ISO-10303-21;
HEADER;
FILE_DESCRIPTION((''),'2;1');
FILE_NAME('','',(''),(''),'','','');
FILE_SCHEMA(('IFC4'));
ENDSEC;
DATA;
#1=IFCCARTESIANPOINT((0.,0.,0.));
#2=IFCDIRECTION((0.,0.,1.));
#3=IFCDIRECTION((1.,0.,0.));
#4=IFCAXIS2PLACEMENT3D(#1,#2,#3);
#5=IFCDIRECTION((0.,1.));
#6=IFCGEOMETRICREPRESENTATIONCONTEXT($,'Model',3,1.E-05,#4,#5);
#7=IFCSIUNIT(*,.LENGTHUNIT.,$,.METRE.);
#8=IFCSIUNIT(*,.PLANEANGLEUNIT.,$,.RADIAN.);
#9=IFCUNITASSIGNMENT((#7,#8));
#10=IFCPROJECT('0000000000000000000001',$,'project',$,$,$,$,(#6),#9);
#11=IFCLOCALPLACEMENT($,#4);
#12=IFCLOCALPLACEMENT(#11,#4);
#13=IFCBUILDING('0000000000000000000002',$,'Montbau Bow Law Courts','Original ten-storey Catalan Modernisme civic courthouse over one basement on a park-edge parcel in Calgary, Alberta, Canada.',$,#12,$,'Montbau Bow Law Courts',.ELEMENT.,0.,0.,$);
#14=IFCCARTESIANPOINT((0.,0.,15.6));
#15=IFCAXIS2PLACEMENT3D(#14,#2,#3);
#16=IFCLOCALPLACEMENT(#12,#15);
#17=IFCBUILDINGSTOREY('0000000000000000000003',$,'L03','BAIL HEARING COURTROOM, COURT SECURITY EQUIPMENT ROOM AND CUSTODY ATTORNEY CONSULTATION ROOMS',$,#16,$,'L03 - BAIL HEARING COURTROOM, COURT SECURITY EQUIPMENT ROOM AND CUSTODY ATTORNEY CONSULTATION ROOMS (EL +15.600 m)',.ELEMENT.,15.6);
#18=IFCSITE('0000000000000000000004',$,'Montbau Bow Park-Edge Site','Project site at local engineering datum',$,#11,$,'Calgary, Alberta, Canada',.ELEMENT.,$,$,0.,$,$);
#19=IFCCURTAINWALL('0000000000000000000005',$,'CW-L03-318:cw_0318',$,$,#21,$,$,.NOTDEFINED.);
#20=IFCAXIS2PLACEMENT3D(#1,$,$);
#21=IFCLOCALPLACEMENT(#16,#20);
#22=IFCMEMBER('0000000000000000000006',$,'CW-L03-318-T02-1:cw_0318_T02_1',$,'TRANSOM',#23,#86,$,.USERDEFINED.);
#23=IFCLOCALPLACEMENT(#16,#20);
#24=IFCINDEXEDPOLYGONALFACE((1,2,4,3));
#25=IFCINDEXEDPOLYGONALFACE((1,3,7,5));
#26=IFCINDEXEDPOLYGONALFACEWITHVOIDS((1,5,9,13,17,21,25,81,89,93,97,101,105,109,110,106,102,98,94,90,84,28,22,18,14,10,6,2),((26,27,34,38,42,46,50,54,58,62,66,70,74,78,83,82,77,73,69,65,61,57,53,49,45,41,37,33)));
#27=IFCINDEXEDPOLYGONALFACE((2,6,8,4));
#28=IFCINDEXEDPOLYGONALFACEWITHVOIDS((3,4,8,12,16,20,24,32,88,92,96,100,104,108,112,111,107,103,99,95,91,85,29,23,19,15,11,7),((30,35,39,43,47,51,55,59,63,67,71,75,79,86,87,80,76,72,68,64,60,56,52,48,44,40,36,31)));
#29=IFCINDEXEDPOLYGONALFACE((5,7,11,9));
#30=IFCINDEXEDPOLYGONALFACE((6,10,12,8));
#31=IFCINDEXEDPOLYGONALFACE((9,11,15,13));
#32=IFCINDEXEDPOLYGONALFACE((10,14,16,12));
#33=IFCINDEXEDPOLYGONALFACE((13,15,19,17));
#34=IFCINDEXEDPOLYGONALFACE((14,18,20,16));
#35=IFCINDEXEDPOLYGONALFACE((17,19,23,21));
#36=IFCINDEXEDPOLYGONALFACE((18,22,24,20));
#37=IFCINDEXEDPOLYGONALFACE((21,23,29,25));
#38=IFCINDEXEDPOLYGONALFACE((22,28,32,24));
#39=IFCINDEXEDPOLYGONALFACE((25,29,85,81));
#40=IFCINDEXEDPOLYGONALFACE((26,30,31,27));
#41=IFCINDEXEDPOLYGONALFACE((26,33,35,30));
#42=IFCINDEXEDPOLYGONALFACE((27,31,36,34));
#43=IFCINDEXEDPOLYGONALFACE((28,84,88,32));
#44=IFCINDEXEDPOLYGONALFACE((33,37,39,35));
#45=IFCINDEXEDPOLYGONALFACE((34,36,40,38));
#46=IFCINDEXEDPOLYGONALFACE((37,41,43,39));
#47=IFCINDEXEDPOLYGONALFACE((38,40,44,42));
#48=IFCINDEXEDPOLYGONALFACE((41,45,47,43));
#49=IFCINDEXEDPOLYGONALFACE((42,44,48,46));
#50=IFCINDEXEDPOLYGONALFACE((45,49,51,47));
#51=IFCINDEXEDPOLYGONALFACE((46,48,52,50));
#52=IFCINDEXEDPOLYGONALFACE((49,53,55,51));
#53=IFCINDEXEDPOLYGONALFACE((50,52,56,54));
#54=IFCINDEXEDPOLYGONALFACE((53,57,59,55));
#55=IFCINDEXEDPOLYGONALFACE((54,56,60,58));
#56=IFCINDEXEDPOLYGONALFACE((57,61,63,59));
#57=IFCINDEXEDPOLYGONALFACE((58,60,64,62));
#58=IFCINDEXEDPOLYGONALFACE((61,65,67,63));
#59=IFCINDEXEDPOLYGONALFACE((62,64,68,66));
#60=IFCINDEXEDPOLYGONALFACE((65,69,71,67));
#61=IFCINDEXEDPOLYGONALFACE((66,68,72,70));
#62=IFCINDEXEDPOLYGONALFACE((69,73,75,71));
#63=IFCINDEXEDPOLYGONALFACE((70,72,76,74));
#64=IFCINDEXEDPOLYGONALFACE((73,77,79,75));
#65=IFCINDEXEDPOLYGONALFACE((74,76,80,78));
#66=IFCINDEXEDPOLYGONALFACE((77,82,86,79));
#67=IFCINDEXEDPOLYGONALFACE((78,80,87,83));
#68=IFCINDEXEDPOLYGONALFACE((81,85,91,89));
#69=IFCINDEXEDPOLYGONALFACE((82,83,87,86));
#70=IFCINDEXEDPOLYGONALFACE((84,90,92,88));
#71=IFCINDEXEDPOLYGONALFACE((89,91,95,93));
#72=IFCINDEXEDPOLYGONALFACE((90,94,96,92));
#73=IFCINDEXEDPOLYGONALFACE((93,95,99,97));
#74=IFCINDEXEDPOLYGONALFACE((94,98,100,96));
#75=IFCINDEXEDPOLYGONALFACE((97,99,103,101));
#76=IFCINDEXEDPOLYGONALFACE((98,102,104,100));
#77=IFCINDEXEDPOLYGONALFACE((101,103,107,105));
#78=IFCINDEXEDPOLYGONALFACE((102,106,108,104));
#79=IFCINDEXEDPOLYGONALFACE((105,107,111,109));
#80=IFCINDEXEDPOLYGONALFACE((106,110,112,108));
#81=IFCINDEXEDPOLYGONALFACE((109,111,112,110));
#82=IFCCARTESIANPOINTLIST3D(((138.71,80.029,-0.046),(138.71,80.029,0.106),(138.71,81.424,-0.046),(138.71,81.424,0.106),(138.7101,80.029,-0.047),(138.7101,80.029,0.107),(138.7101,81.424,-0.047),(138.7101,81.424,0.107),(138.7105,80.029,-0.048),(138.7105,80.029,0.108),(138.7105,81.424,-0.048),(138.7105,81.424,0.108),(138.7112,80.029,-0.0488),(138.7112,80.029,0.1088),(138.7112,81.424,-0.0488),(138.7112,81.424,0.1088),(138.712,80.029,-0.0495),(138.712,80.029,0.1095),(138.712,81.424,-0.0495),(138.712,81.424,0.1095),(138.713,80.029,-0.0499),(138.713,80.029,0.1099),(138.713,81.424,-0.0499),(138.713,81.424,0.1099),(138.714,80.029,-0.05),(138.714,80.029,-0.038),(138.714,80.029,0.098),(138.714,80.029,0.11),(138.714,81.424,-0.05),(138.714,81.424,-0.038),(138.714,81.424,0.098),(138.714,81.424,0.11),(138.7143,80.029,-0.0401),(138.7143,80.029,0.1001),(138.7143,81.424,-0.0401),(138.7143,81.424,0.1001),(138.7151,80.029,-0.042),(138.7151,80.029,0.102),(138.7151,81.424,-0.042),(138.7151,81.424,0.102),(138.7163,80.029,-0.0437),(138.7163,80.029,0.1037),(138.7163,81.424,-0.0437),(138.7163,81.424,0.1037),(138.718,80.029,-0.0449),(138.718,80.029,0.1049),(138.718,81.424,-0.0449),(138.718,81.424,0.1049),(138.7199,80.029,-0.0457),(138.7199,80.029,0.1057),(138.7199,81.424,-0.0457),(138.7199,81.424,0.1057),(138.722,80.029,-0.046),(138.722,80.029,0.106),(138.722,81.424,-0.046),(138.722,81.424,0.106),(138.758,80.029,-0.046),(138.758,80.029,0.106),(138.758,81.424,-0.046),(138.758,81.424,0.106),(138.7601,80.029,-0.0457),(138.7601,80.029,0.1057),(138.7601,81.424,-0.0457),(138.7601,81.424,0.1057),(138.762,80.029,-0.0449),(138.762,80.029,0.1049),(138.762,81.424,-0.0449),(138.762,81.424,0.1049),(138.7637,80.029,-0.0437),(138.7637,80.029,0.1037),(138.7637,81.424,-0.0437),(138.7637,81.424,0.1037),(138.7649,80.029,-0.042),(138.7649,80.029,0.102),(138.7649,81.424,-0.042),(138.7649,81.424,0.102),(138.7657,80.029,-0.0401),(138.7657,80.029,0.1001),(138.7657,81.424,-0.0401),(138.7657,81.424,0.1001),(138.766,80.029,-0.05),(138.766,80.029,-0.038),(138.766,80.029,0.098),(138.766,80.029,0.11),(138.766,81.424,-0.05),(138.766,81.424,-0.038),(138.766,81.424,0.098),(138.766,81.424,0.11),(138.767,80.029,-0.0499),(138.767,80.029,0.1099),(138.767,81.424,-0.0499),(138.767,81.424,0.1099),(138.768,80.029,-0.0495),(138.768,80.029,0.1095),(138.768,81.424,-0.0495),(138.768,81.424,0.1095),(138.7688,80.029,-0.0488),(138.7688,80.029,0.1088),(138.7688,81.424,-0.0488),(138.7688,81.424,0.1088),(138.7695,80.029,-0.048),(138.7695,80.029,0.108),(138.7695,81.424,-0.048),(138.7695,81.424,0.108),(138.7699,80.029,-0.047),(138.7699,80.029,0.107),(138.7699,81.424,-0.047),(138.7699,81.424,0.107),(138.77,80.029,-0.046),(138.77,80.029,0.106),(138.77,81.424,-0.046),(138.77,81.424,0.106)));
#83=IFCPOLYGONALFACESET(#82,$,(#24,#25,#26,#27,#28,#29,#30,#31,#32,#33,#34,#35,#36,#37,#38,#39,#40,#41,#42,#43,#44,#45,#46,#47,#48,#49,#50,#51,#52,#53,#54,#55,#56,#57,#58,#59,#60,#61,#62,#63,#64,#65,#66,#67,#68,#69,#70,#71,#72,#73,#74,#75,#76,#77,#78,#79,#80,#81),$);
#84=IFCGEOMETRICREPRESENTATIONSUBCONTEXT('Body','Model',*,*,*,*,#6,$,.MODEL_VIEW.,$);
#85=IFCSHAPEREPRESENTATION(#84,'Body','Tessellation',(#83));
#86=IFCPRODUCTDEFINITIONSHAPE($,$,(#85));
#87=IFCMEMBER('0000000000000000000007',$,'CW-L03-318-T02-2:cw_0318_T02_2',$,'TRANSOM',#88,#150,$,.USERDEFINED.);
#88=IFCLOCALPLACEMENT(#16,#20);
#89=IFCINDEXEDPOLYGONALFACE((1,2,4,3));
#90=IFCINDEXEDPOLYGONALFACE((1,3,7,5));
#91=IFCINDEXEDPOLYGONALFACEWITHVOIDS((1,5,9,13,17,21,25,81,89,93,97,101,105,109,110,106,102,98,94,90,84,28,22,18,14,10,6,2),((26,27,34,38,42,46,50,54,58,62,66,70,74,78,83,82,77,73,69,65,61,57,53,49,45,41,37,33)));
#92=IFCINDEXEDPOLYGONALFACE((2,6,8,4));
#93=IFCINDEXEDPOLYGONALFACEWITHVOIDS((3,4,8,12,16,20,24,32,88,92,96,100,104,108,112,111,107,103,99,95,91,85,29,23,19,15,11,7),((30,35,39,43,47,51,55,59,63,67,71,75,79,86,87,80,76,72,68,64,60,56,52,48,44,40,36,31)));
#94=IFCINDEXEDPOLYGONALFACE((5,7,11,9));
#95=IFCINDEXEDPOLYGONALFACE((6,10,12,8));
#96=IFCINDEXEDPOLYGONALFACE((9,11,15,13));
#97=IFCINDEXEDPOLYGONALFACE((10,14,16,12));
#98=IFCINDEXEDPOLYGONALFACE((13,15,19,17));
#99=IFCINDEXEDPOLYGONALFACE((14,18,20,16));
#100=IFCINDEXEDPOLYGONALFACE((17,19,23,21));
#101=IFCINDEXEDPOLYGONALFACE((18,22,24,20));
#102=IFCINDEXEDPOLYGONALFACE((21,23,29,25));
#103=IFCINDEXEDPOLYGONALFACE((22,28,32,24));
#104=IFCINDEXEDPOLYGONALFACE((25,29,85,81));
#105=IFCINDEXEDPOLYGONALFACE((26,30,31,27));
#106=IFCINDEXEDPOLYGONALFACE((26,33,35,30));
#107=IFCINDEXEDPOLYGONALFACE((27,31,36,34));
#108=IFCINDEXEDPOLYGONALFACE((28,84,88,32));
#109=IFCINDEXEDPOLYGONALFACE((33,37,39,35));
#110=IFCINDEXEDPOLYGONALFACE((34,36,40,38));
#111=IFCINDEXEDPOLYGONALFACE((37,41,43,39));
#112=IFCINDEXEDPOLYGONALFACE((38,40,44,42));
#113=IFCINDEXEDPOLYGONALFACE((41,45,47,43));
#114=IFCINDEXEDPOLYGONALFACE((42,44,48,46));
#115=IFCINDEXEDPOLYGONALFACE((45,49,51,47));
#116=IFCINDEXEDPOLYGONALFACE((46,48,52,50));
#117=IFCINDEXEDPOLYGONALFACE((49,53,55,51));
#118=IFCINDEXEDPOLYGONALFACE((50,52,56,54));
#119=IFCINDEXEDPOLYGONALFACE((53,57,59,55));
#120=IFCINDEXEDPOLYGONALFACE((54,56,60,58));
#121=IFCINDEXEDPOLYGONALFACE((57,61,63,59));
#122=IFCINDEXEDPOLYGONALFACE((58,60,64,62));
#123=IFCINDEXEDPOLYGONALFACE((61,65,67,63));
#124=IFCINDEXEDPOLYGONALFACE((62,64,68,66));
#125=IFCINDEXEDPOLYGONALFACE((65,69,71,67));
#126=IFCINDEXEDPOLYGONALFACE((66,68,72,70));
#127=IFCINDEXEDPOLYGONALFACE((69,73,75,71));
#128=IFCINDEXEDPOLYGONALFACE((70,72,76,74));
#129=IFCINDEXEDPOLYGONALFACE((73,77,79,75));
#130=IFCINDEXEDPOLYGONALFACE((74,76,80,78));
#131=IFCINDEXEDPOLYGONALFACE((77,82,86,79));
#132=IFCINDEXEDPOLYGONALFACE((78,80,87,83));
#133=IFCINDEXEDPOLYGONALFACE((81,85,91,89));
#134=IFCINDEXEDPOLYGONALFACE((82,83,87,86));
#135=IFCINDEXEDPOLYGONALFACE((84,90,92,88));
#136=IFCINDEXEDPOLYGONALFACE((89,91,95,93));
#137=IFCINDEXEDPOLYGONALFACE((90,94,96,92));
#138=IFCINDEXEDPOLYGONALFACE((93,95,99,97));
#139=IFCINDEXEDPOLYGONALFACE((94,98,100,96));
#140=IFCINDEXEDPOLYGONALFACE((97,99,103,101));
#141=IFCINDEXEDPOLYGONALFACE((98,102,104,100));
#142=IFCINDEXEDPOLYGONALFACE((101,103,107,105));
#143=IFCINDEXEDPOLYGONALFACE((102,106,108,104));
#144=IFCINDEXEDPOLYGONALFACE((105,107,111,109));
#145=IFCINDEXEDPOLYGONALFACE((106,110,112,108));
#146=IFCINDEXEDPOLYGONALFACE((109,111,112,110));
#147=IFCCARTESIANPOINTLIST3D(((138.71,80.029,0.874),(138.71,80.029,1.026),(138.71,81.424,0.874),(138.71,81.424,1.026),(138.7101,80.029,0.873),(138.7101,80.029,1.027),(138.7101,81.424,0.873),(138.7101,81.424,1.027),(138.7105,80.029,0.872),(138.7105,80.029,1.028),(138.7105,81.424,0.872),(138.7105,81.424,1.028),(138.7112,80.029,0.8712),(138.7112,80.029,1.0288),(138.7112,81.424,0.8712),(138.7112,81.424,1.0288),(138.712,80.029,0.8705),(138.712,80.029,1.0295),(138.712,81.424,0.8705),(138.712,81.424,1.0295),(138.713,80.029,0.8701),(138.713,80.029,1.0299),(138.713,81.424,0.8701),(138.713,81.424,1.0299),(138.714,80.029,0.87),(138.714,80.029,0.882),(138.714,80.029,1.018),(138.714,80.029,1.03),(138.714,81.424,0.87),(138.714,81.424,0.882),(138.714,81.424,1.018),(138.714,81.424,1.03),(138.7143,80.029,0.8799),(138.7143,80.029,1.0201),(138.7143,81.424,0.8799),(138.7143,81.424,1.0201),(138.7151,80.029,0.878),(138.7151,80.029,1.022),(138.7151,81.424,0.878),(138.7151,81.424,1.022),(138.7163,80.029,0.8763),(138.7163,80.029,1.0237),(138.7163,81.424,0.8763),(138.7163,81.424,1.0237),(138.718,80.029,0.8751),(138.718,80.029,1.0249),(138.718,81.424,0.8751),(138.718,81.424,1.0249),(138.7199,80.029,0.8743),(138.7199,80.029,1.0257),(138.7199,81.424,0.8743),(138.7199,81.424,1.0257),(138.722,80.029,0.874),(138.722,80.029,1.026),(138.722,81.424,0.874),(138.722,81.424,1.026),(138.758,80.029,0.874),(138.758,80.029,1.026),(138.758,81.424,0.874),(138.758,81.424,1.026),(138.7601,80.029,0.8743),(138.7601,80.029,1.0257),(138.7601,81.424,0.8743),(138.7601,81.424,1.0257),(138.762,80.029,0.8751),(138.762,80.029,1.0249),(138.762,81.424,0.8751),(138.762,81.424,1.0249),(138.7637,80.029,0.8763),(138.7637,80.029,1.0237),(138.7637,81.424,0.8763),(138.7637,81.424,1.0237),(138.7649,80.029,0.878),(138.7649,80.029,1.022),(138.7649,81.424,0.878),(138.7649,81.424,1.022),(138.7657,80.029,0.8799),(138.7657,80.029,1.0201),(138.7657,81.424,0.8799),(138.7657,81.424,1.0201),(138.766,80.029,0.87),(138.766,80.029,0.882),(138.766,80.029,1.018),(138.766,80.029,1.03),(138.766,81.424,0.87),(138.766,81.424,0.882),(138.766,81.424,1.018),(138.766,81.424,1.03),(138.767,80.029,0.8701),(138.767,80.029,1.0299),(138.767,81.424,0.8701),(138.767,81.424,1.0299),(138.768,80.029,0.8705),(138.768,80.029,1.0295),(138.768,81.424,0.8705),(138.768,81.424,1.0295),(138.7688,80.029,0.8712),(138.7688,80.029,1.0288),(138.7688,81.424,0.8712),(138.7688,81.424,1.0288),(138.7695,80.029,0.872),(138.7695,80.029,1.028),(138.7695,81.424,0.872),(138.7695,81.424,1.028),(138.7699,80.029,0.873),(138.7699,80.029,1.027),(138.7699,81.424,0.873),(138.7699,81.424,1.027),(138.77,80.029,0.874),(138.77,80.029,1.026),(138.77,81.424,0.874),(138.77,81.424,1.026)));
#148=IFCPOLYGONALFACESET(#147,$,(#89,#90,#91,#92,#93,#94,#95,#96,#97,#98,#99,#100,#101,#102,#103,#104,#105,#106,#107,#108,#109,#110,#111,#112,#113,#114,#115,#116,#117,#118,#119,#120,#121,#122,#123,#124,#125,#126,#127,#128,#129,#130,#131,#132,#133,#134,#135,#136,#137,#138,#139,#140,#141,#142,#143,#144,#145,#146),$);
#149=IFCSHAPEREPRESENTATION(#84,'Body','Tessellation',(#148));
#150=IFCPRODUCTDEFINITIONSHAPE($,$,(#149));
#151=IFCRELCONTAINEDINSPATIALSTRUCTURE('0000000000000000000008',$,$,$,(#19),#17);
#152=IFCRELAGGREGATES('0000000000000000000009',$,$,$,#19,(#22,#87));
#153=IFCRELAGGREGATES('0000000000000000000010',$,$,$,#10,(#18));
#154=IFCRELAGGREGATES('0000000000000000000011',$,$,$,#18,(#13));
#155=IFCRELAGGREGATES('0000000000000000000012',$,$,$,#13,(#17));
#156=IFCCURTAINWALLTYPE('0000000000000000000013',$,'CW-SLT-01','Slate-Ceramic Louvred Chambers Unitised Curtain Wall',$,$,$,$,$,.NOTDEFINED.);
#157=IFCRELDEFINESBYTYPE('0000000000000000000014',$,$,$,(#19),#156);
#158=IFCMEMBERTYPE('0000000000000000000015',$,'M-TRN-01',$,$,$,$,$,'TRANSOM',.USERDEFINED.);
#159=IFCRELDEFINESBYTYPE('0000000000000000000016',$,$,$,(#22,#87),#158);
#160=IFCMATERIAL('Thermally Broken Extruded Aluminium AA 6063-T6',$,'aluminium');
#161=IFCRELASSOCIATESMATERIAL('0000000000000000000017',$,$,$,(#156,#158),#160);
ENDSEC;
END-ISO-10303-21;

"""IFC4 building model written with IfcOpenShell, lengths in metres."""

from ifc_helpers import new_model, si_unit, direction, frame, origin_with_axes, origin_2d_with_axis, place, context, subcontext, project, spatial, hollow_rectangle, extrude, material, material_profile, profile_set, type_object, element, aggregate, save


model = new_model("IFC4")

# Units and contexts
model_context = context("Model", 3, precision=1e-05, world=origin_with_axes(), true_north=direction((0.0, 1.0)))
body_context = subcontext(model_context, "Body", "Model", "MODEL_VIEW")
ifc_project = project(units=[si_unit("LENGTHUNIT", "METRE"), si_unit("PLANEANGLEUNIT", "RADIAN")], contexts=[model_context])

# Site, building, storey
site_placement = place(None, origin_with_axes())
site = spatial("IfcSite", under=ifc_project, at=site_placement, Name="Montbau Bow Park-Edge Site", Description="Project site at local engineering datum", LongName="Calgary, Alberta, Canada", CompositionType="ELEMENT", RefElevation=0.0)
building_placement = place(site_placement, origin_with_axes())
building = spatial("IfcBuilding", under=site, at=building_placement, Name="Montbau Bow Law Courts", Description="Original ten-storey Catalan Modernisme civic courthouse over one basement on a park-edge parcel in Calgary, Alberta, Canada.", LongName="Montbau Bow Law Courts", CompositionType="ELEMENT", ElevationOfRefHeight=0.0, ElevationOfTerrain=0.0)
storey_placement = place(building_placement, frame((0.0, 0.0, 15.6), z_axis=(0.0, 0.0, 1.0), x_axis=(1.0, 0.0, 0.0)))
storey = spatial("IfcBuildingStorey", under=building, at=storey_placement, Name="L03", Description="BAIL HEARING COURTROOM, COURT SECURITY EQUIPMENT ROOM AND CUSTODY ATTORNEY CONSULTATION ROOMS", LongName="L03 - BAIL HEARING COURTROOM, COURT SECURITY EQUIPMENT ROOM AND CUSTODY ATTORNEY CONSULTATION ROOMS (EL +15.600 m)", CompositionType="ELEMENT", Elevation=15.6)

# Curtain wall, members
ifc_material_1 = material(Name="Thermally Broken Extruded Aluminium AA 6063-T6", Category="aluminium")
curtain_wall_type = type_object("IfcCurtainWallType", Name="CW-SLT-01", Description="Slate-Ceramic Louvred Chambers Unitised Curtain Wall", PredefinedType="NOTDEFINED", material=ifc_material_1)
curtain_wall_placement = place(None, frame((138.74, 78.515, 15.6), z_axis=(0.0, 0.0, 1.0), x_axis=(1.0, 0.0, 0.0)))
curtain_wall = element("IfcCurtainWall", 1, at=curtain_wall_placement, inside=storey, type_object=curtain_wall_type, Name="CW-L03-318:cw_0318", PredefinedType="NOTDEFINED")
ifc_material_profile_1 = material_profile(ifc_material_1, hollow_rectangle(XDim=0.06, YDim=0.16, WallThickness=0.004, InnerFilletRadius=0.008, OuterFilletRadius=0.004, at=origin_2d_with_axis()), Name="CWT-160X60", Category="Main", Priority=0)
ifc_profile_set_1 = profile_set([ifc_material_profile_1], Name="Thermally Broken Extruded Aluminium AA 6063-T6")
member_type_1 = type_object("IfcMemberType", Name="M-TRN-01", ElementType="TRANSOM", PredefinedType="USERDEFINED", material=ifc_profile_set_1)
member_1_placement = place(None, frame((138.74, 80.029, 15.63), z_axis=(0.0, 1.0, 0.0), x_axis=(-1.0, 0.0, 0.0)))
member_1 = element("IfcMember", 2, at=member_1_placement, type_object=member_type_1, Name="CW-L03-318-T02-1:cw_0318_T02_1", ObjectType="TRANSOM", PredefinedType="USERDEFINED", context=body_context, shape_type="SweptSolid", body=[
    extrude(hollow_rectangle(XDim=0.06, YDim=0.16, WallThickness=0.004, InnerFilletRadius=0.008, OuterFilletRadius=0.004, at=origin_2d_with_axis()), origin_with_axes(), (0.0, 0.0, 1.0), 1.395),
])
member_2_placement = place(None, frame((138.74, 80.029, 16.55), z_axis=(0.0, 1.0, 0.0), x_axis=(-1.0, 0.0, 0.0)))
member_2 = element("IfcMember", 3, at=member_2_placement, type_object=member_type_1, Name="CW-L03-318-T02-2:cw_0318_T02_2", ObjectType="TRANSOM", PredefinedType="USERDEFINED", context=body_context, shape_type="SweptSolid", body=[
    extrude(hollow_rectangle(XDim=0.06, YDim=0.16, WallThickness=0.004, InnerFilletRadius=0.008, OuterFilletRadius=0.004, at=origin_2d_with_axis()), origin_with_axes(), (0.0, 0.0, 1.0), 1.395),
])
aggregate(curtain_wall, [member_1, member_2])

save(model, "model.ifc")
